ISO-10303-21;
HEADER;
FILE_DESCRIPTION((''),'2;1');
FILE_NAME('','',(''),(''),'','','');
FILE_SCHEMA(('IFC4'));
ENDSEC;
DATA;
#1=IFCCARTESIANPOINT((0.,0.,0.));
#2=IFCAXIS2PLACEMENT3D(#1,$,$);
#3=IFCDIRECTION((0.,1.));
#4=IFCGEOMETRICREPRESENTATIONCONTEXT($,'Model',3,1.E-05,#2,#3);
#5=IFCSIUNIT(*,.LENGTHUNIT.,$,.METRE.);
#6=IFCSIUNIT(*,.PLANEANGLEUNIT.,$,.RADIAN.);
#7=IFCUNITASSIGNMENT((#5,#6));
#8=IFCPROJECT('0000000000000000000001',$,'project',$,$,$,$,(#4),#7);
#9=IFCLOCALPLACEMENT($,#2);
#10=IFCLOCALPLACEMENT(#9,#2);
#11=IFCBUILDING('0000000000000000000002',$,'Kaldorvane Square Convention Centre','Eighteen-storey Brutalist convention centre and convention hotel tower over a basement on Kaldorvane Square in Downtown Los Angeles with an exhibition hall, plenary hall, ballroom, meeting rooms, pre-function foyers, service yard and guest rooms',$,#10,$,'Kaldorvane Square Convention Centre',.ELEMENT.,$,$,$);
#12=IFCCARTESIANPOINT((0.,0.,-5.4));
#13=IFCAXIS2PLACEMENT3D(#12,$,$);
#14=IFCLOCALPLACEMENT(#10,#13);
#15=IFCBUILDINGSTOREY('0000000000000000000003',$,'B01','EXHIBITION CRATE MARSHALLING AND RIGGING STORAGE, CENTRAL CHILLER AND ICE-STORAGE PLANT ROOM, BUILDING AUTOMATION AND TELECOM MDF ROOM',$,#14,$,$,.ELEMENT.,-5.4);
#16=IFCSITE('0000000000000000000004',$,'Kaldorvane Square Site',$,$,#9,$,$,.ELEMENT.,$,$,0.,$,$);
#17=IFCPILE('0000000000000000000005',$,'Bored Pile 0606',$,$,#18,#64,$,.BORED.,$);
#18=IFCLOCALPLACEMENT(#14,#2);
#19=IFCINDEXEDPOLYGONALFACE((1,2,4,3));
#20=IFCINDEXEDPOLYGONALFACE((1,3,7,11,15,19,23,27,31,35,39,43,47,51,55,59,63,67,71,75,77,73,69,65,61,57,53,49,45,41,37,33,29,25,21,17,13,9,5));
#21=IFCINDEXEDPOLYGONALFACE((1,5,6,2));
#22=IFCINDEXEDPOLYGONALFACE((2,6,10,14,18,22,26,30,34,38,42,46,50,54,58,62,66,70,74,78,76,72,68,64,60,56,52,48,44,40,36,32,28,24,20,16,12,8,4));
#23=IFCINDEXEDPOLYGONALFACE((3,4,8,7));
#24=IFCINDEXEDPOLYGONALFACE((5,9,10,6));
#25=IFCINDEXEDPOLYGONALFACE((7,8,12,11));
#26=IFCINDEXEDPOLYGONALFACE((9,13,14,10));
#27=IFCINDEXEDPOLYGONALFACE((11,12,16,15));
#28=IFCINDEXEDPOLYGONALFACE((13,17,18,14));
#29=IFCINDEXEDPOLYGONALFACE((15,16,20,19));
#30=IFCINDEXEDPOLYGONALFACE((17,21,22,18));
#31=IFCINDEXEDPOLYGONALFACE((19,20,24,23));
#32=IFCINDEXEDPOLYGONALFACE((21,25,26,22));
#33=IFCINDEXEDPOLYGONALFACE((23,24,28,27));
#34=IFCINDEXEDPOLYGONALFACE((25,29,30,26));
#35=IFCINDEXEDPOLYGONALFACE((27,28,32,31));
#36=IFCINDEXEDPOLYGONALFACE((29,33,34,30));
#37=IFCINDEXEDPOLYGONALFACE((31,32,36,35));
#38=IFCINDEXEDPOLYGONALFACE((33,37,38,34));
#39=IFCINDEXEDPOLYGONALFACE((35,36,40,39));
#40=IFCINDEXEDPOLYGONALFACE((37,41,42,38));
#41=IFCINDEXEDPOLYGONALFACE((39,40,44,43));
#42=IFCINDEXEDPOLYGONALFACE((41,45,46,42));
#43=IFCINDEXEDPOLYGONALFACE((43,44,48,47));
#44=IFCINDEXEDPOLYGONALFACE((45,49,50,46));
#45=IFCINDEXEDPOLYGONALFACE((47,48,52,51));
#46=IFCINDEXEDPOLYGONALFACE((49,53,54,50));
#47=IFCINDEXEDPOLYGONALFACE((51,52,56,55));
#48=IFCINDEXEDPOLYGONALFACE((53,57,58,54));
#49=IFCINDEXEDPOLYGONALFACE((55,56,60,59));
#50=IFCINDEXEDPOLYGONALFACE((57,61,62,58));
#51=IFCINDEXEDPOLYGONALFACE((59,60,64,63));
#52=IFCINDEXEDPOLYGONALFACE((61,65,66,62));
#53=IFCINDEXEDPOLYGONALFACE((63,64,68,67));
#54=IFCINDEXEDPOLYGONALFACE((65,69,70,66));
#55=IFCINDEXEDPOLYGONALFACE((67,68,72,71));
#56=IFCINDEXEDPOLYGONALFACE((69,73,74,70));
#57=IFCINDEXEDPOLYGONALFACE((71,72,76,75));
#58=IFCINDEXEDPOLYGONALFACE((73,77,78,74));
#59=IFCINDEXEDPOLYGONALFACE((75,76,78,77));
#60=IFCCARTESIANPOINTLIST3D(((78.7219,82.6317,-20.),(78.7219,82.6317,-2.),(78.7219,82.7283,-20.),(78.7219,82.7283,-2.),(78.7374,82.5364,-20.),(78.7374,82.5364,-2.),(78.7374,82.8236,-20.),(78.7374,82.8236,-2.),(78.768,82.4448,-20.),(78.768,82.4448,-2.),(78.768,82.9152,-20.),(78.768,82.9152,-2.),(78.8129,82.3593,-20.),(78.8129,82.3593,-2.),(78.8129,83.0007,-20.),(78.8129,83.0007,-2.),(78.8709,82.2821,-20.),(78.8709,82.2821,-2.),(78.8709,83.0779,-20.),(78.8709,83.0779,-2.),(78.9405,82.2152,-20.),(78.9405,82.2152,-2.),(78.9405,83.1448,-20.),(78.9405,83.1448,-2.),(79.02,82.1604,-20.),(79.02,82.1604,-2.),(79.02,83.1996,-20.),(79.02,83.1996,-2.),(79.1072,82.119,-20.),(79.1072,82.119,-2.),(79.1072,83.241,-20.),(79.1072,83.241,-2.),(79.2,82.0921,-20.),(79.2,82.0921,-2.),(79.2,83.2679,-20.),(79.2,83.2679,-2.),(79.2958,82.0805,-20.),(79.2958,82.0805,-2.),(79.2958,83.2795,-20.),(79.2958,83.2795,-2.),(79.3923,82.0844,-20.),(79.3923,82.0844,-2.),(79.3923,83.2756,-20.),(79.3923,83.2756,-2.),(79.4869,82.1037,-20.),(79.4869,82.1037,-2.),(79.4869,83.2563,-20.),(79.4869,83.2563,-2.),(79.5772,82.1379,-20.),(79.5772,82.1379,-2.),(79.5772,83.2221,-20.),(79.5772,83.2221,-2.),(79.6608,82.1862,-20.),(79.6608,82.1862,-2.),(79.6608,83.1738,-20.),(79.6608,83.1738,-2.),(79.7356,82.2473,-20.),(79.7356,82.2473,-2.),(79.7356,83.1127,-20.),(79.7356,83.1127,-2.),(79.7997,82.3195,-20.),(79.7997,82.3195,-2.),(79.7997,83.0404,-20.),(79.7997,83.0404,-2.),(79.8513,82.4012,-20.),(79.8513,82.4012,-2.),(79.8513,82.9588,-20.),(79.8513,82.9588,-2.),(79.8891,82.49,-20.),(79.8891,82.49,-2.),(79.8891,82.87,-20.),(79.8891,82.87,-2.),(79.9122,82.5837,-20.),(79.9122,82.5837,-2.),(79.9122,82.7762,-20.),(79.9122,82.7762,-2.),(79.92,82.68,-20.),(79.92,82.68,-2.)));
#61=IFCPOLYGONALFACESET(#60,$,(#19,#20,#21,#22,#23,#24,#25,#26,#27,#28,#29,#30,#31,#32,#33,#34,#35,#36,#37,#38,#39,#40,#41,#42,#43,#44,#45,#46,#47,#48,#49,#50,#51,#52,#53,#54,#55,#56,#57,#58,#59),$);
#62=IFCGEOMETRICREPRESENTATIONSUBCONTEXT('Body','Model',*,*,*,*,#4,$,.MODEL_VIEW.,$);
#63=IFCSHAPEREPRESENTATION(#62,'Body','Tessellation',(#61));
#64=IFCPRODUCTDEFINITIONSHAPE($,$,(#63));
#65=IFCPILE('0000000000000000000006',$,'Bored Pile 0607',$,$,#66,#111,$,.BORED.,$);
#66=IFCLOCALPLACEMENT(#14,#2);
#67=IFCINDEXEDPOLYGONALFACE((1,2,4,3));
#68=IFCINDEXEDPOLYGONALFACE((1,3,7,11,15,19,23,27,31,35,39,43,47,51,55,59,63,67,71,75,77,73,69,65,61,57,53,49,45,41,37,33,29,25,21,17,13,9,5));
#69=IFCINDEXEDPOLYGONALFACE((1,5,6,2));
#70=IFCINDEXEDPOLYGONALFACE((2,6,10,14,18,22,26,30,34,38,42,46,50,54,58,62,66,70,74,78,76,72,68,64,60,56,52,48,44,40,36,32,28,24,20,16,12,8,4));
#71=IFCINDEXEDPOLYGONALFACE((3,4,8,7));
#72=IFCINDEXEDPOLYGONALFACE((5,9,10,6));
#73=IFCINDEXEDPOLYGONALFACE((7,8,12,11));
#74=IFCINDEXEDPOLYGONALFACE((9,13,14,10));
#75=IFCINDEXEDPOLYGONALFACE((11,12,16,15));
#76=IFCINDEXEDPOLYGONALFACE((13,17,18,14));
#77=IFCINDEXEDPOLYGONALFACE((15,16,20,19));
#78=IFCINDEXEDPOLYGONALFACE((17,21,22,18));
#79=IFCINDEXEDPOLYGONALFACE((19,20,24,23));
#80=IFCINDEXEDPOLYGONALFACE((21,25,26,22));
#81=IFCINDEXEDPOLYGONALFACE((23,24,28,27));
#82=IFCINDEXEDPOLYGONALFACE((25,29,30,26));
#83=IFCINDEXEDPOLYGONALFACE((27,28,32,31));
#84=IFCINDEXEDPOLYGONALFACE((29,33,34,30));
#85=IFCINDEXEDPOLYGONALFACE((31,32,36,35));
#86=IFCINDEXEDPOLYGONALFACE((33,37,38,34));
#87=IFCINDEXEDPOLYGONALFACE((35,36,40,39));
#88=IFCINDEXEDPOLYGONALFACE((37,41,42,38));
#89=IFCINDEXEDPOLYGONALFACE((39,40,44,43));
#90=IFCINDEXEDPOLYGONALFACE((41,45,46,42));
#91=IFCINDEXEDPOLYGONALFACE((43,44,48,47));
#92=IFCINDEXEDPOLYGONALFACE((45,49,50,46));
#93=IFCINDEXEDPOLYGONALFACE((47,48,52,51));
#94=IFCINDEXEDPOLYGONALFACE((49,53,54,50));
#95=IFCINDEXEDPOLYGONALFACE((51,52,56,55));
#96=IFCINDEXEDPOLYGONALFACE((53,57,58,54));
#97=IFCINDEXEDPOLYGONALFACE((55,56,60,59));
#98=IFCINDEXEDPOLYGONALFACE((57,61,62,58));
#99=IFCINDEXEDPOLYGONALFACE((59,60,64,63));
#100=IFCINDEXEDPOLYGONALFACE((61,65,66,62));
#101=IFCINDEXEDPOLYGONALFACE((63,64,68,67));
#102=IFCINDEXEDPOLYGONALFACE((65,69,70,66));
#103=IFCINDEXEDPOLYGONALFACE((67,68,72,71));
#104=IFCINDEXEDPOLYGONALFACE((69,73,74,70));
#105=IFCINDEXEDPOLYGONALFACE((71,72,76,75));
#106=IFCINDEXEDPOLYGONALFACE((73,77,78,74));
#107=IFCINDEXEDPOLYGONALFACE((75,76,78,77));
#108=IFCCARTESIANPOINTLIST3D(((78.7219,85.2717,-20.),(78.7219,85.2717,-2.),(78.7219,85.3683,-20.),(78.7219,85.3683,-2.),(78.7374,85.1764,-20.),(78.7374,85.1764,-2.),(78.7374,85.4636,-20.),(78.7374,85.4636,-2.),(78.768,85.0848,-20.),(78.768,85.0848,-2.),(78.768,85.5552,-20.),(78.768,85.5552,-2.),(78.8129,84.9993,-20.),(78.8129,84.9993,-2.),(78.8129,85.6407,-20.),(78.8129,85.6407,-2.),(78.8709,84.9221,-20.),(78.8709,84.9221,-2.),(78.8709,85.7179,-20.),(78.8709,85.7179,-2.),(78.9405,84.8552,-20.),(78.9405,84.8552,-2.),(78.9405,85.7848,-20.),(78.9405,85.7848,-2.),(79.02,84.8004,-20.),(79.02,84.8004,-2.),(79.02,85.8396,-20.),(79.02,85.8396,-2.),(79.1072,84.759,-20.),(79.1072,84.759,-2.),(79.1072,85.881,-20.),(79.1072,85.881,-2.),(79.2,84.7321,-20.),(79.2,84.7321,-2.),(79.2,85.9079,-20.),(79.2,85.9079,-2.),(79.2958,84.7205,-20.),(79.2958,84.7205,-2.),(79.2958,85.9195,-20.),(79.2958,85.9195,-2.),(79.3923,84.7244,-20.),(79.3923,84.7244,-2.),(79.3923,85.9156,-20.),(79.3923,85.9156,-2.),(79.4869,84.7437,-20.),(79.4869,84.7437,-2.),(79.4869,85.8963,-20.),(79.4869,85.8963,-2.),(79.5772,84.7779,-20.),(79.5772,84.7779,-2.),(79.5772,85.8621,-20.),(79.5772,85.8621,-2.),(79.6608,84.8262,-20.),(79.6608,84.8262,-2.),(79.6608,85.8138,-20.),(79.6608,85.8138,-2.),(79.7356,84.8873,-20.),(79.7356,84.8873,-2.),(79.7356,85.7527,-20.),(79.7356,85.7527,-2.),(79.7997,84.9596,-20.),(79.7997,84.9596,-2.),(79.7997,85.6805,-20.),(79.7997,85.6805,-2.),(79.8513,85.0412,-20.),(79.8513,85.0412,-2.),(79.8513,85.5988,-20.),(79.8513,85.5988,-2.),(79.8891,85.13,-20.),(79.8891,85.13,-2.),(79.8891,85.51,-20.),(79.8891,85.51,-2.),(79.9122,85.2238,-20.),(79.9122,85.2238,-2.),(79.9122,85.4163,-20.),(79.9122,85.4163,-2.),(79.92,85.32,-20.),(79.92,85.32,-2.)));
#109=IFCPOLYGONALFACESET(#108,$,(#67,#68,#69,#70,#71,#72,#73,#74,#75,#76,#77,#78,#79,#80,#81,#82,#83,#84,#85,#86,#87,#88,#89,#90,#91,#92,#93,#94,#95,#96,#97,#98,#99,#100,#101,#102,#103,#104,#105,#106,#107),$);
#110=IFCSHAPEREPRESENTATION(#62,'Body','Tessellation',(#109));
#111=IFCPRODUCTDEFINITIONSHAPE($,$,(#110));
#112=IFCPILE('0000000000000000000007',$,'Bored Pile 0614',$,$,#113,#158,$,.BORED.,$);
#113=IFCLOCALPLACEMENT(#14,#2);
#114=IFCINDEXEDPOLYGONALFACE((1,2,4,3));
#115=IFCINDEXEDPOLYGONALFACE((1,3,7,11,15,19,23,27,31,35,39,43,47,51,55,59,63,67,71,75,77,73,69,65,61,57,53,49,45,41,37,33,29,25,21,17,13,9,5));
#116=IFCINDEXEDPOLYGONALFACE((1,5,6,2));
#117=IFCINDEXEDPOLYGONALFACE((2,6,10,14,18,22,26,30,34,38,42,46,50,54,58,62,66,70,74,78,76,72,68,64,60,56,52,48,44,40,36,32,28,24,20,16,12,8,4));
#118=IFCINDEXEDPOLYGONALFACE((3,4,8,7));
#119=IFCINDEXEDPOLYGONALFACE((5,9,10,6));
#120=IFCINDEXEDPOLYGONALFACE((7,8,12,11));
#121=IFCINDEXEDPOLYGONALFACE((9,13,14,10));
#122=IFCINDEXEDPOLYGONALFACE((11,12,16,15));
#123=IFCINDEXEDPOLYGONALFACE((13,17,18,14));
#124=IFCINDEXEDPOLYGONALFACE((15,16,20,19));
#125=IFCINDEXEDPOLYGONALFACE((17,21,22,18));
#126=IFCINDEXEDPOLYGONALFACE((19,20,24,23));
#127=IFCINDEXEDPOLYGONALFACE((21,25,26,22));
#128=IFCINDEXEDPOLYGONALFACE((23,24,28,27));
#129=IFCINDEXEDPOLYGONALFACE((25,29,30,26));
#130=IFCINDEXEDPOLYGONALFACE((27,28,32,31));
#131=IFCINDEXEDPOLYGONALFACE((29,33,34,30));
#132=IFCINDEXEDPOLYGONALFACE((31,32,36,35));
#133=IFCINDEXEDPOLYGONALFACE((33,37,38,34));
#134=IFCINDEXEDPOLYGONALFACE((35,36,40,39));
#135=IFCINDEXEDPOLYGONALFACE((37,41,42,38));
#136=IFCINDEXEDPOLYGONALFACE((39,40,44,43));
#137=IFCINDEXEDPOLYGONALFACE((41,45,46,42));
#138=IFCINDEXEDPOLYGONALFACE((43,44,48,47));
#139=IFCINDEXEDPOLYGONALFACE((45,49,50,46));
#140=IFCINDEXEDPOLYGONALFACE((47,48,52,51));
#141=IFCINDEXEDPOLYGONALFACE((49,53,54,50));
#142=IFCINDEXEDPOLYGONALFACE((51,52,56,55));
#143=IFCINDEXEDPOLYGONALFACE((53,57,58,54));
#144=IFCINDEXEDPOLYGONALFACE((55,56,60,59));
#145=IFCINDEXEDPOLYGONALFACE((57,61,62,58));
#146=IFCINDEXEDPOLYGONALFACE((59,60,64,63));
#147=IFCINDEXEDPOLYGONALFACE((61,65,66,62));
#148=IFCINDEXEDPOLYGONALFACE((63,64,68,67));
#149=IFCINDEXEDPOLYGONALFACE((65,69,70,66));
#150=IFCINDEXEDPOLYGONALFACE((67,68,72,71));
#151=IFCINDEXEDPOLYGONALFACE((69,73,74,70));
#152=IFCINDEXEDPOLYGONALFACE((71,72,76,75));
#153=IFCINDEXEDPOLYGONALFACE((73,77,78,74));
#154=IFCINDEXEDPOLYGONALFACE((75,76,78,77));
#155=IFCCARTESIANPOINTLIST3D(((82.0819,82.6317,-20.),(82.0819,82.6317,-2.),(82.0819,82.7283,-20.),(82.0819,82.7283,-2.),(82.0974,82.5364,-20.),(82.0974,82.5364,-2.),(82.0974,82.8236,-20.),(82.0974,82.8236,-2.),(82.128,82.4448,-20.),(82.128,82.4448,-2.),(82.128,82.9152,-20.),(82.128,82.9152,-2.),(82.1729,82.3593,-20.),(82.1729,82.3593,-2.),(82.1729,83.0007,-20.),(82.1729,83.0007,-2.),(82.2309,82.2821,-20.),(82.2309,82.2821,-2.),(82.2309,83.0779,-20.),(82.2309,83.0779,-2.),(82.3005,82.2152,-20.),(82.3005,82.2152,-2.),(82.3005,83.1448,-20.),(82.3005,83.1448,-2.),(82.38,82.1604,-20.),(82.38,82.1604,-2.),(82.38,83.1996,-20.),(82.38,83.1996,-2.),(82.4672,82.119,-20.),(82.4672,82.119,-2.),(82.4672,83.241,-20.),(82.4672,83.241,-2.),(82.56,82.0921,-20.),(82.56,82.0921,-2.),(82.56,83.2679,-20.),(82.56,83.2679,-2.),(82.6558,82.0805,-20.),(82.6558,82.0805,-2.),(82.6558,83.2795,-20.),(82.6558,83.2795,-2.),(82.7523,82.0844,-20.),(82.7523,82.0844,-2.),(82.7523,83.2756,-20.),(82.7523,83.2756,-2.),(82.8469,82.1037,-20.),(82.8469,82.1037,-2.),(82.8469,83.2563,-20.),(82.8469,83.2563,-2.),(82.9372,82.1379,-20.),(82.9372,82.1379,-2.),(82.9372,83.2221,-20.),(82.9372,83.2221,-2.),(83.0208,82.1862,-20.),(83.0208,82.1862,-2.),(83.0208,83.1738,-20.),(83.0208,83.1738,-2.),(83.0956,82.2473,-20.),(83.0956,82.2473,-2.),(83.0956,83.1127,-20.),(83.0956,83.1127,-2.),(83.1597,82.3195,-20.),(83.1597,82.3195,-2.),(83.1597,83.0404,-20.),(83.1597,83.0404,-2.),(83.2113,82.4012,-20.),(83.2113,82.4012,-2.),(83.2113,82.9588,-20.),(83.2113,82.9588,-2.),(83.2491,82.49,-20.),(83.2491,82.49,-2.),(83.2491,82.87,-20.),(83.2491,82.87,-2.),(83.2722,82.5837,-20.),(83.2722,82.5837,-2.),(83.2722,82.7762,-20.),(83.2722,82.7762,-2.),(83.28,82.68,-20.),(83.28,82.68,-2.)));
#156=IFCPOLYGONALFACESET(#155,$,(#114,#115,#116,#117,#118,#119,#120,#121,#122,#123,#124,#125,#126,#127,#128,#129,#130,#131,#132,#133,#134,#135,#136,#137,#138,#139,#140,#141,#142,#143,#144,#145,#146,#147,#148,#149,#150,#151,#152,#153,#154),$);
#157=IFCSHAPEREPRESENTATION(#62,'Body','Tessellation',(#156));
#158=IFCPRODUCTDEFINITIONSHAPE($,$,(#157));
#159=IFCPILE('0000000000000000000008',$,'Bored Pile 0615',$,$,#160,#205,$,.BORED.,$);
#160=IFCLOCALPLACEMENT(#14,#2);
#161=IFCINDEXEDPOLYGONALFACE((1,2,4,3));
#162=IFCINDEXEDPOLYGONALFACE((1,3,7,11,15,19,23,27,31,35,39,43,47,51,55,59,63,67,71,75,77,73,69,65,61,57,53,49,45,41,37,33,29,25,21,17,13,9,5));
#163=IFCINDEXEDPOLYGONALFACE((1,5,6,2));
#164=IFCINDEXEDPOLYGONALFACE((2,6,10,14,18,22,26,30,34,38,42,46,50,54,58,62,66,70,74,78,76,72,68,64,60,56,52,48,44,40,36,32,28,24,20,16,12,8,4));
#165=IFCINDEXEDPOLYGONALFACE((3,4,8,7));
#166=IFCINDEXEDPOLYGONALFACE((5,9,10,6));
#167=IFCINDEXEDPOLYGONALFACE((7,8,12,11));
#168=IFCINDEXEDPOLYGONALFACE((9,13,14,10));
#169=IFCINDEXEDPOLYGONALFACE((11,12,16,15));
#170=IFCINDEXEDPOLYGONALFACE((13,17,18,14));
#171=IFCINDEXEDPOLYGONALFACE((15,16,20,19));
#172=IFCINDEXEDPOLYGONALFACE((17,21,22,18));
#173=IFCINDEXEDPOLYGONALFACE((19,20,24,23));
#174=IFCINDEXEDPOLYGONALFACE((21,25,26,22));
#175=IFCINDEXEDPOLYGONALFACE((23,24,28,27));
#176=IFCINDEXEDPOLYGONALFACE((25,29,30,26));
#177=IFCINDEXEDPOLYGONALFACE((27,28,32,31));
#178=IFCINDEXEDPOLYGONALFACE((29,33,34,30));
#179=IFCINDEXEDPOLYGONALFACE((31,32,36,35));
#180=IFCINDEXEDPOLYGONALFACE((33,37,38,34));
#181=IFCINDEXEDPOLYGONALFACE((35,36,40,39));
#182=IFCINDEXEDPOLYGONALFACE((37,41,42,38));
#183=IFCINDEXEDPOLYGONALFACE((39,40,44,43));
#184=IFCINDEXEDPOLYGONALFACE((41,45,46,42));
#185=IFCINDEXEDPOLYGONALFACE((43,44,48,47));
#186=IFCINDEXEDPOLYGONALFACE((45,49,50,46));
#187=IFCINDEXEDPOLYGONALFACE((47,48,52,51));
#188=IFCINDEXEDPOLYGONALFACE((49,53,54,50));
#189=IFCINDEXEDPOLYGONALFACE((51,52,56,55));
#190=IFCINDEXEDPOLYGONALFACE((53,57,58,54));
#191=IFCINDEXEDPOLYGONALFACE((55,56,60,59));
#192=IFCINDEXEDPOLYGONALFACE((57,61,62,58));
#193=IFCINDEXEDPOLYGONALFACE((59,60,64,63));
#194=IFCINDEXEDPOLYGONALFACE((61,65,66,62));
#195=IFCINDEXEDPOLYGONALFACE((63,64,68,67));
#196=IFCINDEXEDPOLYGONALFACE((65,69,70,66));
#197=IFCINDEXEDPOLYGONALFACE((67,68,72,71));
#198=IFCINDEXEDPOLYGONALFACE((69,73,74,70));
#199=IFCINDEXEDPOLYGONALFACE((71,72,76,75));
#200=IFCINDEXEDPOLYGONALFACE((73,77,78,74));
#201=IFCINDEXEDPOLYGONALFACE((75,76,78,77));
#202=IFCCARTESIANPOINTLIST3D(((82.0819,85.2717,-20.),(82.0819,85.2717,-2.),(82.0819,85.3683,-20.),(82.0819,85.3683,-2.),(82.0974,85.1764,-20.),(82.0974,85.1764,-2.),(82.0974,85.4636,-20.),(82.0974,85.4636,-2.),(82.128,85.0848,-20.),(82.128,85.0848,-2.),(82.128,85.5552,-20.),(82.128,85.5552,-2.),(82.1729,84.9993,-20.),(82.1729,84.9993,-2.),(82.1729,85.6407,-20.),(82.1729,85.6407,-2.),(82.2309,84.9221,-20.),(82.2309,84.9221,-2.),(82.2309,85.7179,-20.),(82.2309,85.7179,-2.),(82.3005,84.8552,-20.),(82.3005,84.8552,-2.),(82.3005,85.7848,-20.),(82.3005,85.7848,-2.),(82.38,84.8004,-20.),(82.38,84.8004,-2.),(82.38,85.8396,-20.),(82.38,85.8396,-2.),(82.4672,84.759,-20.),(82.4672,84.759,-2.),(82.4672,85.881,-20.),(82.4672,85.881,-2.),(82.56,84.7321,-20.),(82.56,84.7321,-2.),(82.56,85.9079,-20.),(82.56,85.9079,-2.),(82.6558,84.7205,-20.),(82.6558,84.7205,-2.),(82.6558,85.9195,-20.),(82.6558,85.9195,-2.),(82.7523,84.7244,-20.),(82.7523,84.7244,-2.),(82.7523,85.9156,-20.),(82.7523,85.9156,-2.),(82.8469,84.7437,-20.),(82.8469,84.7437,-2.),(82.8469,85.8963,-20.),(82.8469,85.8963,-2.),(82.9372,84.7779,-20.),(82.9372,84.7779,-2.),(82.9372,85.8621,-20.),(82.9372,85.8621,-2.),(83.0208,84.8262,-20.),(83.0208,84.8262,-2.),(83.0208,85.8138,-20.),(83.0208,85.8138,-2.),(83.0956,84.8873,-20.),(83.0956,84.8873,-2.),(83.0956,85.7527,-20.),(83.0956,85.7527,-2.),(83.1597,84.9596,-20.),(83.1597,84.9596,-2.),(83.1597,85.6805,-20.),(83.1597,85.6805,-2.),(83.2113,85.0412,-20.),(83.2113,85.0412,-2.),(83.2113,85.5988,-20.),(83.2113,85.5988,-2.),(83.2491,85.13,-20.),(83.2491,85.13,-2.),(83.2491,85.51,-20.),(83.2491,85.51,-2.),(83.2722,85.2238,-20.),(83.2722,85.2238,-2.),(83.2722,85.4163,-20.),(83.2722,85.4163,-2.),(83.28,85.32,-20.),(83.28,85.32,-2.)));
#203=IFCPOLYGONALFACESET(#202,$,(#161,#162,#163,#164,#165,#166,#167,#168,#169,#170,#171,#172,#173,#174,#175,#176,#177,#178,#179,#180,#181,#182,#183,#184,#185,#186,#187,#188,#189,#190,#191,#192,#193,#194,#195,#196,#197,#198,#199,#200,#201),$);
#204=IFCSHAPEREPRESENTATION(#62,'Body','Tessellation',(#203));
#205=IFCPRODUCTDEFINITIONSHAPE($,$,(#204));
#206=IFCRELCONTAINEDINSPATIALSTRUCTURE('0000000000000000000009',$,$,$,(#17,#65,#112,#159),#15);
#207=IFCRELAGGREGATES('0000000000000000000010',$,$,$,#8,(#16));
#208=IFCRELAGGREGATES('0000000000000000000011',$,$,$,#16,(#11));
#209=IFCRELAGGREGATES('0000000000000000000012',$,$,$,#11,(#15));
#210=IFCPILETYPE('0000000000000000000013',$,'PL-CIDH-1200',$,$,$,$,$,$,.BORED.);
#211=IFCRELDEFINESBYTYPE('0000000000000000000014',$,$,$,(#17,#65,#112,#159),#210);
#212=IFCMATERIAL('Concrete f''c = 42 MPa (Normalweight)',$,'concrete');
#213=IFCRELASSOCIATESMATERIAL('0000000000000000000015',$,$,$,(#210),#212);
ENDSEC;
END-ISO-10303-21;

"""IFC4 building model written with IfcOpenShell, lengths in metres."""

from ifc_helpers import new_model, si_unit, direction, frame, origin, origin_2d, place, context, subcontext, project, spatial, circle, extrude, material, material_profile, profile_set, type_object, element, save


model = new_model("IFC4")

# Units and contexts
model_context = context("Model", 3, precision=1e-05, world=origin(), true_north=direction((0.0, 1.0)))
body_context = subcontext(model_context, "Body", "Model", "MODEL_VIEW")
ifc_project = project(units=[si_unit("LENGTHUNIT", "METRE"), si_unit("PLANEANGLEUNIT", "RADIAN")], contexts=[model_context])

# Site, building, storey
site_placement = place(None, origin())
site = spatial("IfcSite", under=ifc_project, at=site_placement, Name="Kaldorvane Square Site", CompositionType="ELEMENT", RefElevation=0.0)
building_placement = place(site_placement, origin())
building = spatial("IfcBuilding", under=site, at=building_placement, Name="Kaldorvane Square Convention Centre", Description="Eighteen-storey Brutalist convention centre and convention hotel tower over a basement on Kaldorvane Square in Downtown Los Angeles with an exhibition hall, plenary hall, ballroom, meeting rooms, pre-function foyers, service yard and guest rooms", LongName="Kaldorvane Square Convention Centre", CompositionType="ELEMENT")
storey_placement = place(building_placement, frame((0.0, 0.0, -5.4)))
storey = spatial("IfcBuildingStorey", under=building, at=storey_placement, Name="B01", Description="EXHIBITION CRATE MARSHALLING AND RIGGING STORAGE, CENTRAL CHILLER AND ICE-STORAGE PLANT ROOM, BUILDING AUTOMATION AND TELECOM MDF ROOM", CompositionType="ELEMENT", Elevation=-5.4)

# Shared definitions
ifc_material_1 = material(Name="Concrete f'c = 42 MPa (Normalweight)", Category="concrete")

# Piles
ifc_material_profile_1 = material_profile(ifc_material_1, circle(Radius=0.6, at=origin_2d()), Name="PILE-D1200")
ifc_profile_set_1 = profile_set([ifc_material_profile_1], Name="Concrete f'c = 42 MPa (Normalweight)")
pile_type_1 = type_object("IfcPileType", Name="PL-CIDH-1200", PredefinedType="BORED", material=ifc_profile_set_1)
for number, where, z_axis, x_axis, name in (
    (1, (79.32, 82.68, -2.0), (0.0, 0.0, -1.0), (1.0, 0.0, 0.0), "Bored Pile 0606"),
    (2, (79.32, 85.32, -2.0), (0.0, 0.0, -1.0), (1.0, 0.0, 0.0), "Bored Pile 0607"),
    (3, (82.68, 82.68, -2.0), (0.0, 0.0, -1.0), (1.0, 0.0, 0.0), "Bored Pile 0614"),
    (4, (82.68, 85.32, -2.0), (0.0, 0.0, -1.0), (1.0, 0.0, 0.0), "Bored Pile 0615"),
):
    element("IfcPile", number, at=place(storey_placement, frame(where, z_axis=z_axis, x_axis=x_axis)), inside=storey, type_object=pile_type_1, Name=name, PredefinedType="BORED", context=body_context, shape_type="SweptSolid", body=[
        extrude(circle(Radius=0.6, at=origin_2d()), origin(), (0.0, 0.0, 1.0), 18.0),
    ])

save(model, "model.ifc")
